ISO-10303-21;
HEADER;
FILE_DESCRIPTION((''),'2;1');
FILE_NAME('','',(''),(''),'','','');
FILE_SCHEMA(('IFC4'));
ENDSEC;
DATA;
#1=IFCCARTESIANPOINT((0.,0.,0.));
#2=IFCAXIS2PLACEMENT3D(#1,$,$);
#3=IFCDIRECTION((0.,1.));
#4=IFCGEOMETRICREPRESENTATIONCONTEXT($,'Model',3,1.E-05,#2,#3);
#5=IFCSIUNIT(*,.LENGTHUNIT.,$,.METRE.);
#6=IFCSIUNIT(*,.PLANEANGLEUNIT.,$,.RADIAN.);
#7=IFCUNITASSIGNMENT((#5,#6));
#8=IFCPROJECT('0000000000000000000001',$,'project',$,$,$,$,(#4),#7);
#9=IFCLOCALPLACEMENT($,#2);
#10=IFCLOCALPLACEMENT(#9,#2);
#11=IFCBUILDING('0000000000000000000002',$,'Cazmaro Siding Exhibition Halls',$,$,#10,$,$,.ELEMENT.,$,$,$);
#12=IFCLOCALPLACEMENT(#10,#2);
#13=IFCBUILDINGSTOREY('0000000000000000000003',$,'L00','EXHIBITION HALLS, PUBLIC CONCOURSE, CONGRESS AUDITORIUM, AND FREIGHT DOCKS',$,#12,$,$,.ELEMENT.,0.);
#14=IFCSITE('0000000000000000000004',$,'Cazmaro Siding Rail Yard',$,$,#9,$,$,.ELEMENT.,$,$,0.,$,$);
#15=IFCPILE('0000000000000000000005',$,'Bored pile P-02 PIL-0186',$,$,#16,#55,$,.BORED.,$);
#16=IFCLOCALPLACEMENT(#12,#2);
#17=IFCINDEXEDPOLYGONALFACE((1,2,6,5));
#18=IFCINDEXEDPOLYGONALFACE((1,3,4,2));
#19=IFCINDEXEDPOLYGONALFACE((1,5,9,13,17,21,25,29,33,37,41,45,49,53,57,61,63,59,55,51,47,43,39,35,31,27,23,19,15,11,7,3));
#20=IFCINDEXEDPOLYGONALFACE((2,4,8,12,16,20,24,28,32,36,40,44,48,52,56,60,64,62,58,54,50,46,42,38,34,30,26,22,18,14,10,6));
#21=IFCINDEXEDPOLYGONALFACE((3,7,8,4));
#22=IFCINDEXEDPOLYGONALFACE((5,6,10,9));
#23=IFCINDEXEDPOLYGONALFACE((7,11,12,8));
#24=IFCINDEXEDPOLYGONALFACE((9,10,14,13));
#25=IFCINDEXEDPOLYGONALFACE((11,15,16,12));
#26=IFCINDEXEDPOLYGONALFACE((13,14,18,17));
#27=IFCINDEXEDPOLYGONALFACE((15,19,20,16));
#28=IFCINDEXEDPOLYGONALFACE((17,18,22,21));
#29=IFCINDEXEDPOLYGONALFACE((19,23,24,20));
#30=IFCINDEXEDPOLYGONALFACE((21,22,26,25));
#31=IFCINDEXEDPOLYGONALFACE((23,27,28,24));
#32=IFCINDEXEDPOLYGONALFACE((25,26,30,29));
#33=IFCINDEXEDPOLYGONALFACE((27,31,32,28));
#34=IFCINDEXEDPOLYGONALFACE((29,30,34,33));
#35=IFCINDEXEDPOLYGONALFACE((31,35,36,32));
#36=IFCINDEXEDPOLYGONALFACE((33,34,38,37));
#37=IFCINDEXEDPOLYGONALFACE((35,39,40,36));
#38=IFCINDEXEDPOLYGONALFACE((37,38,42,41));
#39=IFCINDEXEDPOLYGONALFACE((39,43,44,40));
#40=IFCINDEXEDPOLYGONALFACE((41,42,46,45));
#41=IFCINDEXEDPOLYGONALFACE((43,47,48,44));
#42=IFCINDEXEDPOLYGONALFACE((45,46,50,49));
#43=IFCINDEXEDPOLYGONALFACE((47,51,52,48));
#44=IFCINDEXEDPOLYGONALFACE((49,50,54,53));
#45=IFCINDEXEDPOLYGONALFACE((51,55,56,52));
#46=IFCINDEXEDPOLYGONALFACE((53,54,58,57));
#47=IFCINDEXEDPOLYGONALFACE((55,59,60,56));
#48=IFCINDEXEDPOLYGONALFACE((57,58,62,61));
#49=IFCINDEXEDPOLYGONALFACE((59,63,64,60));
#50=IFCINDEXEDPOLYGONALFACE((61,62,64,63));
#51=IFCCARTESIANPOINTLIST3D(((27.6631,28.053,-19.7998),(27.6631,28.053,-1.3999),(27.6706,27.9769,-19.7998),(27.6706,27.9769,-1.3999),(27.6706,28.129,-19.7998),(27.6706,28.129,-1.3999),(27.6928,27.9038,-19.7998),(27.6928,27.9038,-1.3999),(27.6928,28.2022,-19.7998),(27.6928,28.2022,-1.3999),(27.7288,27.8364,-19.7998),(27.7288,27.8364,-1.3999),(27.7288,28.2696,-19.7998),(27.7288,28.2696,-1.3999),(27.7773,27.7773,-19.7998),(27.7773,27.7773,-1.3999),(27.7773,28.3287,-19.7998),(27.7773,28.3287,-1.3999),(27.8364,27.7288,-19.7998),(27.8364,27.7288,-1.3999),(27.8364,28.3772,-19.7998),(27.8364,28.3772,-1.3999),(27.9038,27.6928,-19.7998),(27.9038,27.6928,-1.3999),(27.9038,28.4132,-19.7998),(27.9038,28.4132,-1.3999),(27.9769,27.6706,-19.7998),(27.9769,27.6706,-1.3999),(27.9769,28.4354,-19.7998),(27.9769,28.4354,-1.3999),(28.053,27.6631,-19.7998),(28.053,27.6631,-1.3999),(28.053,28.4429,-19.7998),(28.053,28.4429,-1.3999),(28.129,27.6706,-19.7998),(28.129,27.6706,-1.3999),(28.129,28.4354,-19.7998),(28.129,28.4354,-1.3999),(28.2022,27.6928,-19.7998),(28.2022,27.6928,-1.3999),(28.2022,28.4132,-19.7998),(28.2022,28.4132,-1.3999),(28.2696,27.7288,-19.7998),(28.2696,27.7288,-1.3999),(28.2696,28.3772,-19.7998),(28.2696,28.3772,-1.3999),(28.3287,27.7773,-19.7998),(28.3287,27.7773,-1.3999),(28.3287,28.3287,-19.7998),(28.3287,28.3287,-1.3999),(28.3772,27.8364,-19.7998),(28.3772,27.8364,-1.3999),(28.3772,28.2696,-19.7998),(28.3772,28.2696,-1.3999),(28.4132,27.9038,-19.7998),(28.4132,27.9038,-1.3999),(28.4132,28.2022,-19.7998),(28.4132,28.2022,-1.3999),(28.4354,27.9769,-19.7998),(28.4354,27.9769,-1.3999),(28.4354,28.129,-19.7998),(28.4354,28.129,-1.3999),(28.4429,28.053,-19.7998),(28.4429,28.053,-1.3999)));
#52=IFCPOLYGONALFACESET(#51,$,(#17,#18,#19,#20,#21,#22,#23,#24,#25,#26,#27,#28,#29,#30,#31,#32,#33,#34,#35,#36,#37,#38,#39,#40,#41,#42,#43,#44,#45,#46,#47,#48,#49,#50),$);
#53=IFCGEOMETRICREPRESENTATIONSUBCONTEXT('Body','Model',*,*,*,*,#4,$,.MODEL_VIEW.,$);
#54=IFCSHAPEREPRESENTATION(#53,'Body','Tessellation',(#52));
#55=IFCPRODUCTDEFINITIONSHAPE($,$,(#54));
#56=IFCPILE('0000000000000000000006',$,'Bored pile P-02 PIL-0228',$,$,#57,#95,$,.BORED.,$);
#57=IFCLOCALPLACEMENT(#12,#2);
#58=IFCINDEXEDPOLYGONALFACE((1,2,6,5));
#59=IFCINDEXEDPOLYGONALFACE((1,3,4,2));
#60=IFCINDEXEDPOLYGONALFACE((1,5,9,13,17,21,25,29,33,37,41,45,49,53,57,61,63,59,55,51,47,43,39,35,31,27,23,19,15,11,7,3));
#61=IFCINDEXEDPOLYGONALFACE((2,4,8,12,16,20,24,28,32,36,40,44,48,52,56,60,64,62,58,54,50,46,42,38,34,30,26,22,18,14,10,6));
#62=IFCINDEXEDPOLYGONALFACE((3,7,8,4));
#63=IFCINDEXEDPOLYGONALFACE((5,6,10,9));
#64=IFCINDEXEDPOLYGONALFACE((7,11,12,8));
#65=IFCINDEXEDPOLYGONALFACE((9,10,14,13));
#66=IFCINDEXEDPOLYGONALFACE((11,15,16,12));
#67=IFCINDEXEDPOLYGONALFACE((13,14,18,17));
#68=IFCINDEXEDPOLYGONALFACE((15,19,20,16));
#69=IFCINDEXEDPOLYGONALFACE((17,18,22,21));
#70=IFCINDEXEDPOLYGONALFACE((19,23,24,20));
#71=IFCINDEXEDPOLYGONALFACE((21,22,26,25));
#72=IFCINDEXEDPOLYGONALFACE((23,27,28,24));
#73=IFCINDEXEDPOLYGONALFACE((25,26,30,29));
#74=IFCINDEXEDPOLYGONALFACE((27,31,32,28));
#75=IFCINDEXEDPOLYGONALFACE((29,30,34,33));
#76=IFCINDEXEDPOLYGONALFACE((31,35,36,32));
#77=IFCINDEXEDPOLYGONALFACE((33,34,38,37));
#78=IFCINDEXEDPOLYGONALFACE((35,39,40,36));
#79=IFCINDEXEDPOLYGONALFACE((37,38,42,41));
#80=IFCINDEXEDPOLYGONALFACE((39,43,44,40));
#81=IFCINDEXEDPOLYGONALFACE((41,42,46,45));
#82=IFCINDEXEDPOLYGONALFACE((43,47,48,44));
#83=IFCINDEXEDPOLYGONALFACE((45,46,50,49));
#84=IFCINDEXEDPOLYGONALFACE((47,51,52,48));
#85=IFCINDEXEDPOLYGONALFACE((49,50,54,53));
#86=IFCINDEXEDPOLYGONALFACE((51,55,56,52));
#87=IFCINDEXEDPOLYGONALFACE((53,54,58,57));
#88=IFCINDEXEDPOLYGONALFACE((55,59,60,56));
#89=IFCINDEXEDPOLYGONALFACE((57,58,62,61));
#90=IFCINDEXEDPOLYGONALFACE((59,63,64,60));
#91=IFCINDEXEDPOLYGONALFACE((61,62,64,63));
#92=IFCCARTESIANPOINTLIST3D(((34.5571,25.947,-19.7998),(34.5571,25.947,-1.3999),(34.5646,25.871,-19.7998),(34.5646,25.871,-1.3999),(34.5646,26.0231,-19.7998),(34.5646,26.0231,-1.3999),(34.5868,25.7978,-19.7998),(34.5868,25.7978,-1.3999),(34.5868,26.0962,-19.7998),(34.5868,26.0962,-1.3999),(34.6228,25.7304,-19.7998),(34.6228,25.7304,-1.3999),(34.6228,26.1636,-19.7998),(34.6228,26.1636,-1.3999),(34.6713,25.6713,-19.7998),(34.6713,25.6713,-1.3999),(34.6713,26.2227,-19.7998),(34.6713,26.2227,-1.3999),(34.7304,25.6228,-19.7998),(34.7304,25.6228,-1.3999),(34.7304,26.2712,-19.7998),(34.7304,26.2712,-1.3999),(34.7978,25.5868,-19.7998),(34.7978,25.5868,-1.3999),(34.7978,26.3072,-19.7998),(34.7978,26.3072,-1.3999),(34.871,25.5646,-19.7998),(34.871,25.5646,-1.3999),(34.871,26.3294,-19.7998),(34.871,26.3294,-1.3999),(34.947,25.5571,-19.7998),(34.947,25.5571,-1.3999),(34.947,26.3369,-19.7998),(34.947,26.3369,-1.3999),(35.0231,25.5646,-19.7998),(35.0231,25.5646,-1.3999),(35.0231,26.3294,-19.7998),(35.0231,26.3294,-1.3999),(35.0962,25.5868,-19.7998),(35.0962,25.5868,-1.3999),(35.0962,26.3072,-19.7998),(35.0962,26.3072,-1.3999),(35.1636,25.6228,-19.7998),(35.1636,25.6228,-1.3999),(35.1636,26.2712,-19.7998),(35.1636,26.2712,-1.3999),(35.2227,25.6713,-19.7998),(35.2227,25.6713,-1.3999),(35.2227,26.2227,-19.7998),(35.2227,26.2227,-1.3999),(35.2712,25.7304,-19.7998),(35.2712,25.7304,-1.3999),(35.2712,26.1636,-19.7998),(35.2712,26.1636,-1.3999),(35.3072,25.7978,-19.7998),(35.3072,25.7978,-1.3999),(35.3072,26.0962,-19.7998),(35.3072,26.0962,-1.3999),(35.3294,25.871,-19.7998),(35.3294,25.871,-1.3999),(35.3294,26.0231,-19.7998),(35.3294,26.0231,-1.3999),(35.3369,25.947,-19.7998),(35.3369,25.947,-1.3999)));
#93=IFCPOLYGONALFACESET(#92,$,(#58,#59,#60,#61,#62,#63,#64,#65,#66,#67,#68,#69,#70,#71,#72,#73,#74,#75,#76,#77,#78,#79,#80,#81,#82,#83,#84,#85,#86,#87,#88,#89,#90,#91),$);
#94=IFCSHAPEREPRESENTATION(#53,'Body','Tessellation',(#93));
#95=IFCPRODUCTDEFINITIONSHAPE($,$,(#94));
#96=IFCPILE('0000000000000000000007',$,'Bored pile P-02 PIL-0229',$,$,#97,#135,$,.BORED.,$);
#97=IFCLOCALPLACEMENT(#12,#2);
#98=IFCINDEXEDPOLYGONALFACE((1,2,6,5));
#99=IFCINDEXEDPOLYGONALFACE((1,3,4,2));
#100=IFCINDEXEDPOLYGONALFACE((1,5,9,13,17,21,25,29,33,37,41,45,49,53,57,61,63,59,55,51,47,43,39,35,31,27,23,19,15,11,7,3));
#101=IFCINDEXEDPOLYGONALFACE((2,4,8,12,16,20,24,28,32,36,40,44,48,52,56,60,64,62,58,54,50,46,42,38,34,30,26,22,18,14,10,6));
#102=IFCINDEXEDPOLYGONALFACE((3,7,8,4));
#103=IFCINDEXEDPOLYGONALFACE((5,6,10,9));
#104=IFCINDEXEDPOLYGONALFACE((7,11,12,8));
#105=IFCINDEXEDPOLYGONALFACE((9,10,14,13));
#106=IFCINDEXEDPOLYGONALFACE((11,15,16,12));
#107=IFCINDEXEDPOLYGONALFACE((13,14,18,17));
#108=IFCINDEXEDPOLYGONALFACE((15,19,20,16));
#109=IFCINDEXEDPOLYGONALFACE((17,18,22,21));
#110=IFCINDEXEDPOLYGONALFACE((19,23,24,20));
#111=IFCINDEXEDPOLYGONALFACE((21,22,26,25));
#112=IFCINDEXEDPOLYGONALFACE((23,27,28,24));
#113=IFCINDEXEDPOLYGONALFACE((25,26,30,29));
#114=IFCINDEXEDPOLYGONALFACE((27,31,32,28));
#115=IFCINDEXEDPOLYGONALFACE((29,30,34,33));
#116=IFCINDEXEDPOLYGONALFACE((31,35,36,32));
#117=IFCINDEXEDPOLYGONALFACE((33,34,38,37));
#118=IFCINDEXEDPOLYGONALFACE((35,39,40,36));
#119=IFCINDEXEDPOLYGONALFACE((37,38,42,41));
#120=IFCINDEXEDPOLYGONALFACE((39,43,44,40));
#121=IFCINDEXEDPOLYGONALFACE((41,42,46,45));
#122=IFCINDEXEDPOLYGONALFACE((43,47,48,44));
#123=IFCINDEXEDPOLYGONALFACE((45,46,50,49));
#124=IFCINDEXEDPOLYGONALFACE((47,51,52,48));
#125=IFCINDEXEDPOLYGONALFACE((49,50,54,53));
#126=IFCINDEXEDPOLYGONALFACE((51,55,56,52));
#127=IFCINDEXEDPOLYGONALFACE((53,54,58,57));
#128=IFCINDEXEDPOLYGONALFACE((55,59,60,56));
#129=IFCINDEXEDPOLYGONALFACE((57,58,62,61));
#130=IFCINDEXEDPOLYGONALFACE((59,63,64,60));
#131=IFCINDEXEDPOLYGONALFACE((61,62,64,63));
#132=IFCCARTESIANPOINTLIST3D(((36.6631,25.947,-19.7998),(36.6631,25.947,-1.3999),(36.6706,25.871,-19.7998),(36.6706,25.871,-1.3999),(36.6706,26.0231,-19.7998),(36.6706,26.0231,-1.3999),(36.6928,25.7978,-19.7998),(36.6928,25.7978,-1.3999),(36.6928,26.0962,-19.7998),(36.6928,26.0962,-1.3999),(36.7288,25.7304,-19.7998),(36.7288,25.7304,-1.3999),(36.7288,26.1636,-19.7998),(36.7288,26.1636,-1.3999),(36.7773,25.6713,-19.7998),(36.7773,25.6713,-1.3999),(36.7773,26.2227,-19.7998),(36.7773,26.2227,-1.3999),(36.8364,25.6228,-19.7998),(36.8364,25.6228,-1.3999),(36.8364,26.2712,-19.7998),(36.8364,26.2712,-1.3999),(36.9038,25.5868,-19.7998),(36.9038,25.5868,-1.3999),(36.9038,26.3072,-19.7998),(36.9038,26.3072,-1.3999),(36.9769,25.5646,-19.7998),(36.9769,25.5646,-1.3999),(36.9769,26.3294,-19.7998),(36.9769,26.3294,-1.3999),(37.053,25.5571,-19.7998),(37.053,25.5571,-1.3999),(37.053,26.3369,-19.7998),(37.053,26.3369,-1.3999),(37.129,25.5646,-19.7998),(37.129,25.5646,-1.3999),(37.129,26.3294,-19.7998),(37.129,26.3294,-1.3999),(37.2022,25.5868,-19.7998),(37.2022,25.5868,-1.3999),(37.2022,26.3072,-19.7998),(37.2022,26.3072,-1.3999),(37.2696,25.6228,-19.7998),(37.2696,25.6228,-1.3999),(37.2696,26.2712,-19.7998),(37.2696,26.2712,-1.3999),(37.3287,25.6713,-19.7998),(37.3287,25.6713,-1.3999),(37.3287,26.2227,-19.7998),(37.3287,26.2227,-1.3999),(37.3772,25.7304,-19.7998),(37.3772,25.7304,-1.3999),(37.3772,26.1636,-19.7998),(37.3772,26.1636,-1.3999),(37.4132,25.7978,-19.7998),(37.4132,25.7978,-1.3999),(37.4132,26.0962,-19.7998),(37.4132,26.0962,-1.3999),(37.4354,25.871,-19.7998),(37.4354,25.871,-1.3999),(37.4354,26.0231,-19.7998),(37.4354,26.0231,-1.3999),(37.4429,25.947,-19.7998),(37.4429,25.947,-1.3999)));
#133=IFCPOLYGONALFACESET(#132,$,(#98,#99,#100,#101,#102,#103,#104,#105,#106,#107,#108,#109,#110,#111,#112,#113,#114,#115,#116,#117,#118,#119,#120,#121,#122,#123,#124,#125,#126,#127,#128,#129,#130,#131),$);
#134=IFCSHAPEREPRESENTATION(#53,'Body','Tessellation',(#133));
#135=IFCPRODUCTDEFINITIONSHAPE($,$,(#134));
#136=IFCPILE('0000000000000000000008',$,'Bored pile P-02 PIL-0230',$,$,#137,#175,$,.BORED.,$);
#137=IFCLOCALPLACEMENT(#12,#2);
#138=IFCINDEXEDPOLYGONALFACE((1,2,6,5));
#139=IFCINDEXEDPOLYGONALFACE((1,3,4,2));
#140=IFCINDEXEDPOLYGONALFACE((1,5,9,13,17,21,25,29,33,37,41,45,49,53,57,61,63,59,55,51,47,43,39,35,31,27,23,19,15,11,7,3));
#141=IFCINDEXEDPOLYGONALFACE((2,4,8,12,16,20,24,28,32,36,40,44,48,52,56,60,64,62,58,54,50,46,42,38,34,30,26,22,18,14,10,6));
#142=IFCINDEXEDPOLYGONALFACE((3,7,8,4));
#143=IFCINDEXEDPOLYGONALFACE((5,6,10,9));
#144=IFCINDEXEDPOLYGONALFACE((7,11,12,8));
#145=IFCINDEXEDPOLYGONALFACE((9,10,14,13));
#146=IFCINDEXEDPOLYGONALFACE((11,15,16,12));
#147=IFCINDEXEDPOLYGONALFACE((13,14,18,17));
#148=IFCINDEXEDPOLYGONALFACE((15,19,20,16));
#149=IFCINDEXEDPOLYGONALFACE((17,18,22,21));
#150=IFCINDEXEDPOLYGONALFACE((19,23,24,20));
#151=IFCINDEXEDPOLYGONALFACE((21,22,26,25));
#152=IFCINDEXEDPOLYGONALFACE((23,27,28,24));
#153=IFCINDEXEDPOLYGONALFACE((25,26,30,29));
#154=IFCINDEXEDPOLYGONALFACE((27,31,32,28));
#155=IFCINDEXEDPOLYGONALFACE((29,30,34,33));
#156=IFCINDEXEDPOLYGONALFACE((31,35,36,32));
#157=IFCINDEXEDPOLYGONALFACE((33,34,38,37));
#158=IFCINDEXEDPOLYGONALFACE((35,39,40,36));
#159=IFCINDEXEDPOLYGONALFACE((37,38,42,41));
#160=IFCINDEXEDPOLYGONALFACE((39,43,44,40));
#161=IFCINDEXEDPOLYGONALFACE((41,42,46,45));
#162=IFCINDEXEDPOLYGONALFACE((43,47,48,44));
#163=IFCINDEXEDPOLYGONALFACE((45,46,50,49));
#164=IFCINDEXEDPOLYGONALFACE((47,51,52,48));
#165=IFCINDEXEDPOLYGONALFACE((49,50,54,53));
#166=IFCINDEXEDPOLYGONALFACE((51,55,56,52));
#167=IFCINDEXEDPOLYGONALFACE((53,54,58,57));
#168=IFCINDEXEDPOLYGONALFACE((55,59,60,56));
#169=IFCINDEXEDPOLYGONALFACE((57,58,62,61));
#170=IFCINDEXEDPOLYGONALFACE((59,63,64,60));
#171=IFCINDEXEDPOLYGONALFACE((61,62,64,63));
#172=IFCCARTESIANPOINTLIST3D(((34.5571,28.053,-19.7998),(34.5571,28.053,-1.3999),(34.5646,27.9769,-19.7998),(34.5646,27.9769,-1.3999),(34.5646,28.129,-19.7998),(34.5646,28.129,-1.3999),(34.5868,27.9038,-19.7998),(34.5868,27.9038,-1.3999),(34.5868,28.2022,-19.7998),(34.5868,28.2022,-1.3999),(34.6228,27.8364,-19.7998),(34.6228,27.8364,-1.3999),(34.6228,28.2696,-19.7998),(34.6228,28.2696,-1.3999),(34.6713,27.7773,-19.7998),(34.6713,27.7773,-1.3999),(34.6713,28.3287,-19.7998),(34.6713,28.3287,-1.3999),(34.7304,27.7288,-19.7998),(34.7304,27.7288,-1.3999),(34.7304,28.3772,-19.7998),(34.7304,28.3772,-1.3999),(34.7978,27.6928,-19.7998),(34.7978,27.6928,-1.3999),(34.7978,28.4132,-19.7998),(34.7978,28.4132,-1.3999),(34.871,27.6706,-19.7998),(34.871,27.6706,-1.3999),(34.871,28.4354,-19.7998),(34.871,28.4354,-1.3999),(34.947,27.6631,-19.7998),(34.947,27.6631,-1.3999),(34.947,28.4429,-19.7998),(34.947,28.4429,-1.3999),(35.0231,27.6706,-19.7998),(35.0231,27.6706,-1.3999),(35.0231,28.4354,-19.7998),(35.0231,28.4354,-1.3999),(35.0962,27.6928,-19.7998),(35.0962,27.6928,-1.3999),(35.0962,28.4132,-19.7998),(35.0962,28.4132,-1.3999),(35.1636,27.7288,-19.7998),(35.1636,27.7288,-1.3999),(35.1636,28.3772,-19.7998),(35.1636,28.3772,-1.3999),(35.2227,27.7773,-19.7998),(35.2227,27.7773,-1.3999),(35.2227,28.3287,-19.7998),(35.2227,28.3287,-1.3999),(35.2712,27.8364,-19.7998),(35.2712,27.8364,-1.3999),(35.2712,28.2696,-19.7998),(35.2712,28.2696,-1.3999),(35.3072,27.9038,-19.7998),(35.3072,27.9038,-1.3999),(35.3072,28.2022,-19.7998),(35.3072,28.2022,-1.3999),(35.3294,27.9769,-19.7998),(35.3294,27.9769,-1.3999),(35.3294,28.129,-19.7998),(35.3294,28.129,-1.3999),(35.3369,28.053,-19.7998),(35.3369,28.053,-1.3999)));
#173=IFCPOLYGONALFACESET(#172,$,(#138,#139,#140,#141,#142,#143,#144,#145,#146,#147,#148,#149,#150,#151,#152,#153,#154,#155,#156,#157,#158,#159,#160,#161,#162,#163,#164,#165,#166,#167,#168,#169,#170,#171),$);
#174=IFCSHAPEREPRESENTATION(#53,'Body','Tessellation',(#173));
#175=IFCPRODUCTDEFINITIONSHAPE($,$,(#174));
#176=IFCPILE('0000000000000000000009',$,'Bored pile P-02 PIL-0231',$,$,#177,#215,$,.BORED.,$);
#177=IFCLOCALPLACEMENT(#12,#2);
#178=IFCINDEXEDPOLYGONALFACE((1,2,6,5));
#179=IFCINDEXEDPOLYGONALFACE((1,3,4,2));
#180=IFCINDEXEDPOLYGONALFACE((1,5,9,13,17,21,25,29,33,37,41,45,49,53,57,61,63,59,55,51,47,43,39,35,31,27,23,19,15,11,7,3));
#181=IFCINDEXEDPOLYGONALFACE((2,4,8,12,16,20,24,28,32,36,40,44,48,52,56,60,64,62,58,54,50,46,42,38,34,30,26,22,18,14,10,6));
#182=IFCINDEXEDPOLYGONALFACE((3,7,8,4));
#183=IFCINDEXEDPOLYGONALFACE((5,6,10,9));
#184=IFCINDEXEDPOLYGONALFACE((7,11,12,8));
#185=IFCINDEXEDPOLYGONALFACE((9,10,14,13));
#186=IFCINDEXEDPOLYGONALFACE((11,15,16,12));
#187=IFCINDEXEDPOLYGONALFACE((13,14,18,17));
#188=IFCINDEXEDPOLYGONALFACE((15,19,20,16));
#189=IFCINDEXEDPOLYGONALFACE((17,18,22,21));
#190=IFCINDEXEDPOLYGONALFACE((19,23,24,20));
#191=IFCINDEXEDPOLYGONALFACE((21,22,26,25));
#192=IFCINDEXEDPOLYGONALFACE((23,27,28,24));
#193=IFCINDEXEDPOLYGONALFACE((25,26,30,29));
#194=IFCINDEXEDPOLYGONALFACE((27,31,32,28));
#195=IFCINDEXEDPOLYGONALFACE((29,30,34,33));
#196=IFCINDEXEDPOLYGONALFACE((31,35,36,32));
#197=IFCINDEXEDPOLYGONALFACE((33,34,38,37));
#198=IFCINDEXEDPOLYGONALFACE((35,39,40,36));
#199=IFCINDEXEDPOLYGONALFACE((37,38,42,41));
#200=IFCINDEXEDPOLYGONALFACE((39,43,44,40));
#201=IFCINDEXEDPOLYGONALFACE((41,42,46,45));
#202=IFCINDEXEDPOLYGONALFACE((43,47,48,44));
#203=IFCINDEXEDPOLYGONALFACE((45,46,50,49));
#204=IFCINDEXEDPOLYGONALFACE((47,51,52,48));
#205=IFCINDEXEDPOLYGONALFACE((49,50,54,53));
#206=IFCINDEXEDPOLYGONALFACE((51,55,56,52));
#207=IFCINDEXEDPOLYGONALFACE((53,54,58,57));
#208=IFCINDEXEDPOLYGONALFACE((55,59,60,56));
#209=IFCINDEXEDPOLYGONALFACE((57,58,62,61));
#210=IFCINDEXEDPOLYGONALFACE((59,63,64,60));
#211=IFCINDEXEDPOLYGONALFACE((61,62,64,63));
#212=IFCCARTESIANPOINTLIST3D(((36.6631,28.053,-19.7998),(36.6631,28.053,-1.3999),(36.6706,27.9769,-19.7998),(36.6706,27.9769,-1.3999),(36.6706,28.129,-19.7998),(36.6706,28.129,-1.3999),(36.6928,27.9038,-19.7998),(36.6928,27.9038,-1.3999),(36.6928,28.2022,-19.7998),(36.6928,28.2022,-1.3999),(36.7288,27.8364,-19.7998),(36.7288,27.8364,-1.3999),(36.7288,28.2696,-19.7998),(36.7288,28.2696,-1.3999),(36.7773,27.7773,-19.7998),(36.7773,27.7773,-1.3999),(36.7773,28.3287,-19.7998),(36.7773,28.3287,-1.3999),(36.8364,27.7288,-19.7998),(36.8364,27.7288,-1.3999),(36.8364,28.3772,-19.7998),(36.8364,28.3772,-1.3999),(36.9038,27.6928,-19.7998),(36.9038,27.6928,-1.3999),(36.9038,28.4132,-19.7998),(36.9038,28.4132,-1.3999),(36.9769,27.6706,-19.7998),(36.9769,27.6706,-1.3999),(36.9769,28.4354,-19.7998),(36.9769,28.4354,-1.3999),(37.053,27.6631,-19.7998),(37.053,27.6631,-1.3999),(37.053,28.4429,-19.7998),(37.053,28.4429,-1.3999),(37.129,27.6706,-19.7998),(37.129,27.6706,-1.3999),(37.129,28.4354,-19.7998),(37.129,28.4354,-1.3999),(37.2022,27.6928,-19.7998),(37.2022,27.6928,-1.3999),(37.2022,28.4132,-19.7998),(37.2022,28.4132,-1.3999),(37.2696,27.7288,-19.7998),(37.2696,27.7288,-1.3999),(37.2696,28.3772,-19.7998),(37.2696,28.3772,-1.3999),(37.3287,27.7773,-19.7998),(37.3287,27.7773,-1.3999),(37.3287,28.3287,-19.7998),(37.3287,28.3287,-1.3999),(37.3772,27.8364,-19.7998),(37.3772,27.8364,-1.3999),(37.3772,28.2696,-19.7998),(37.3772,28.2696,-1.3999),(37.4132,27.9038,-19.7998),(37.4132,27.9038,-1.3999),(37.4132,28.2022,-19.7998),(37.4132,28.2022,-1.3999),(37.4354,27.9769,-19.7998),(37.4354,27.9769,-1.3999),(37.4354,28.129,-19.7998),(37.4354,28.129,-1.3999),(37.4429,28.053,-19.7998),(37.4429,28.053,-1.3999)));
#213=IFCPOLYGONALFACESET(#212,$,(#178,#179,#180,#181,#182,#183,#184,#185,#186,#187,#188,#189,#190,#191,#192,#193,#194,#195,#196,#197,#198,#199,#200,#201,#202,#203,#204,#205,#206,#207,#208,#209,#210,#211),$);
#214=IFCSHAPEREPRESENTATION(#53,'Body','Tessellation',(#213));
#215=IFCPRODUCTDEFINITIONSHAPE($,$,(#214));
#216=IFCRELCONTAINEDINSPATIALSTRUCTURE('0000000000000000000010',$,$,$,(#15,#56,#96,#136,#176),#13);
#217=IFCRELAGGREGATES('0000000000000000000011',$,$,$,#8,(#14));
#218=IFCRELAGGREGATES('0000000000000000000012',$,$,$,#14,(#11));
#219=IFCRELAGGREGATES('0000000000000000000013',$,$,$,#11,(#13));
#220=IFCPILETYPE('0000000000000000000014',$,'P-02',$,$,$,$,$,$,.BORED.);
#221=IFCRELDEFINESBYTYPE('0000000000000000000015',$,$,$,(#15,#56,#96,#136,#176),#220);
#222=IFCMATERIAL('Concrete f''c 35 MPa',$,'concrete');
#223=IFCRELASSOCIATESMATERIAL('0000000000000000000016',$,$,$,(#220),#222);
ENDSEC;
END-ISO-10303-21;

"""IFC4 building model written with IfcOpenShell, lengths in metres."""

from ifc_helpers import new_model, si_unit, direction, frame, origin, origin_2d, place, context, subcontext, project, spatial, circle, extrude, material, material_profile, profile_set, type_object, element, save


model = new_model("IFC4")

# Units and contexts
model_context = context("Model", 3, precision=1e-05, world=origin(), true_north=direction((0.0, 1.0)))
body_context = subcontext(model_context, "Body", "Model", "MODEL_VIEW")
ifc_project = project(units=[si_unit("LENGTHUNIT", "METRE"), si_unit("PLANEANGLEUNIT", "RADIAN")], contexts=[model_context])

# Site, building, storey
site_placement = place(None, origin())
site = spatial("IfcSite", under=ifc_project, at=site_placement, Name="Cazmaro Siding Rail Yard", CompositionType="ELEMENT", RefElevation=0.0)
building_placement = place(site_placement, origin())
building = spatial("IfcBuilding", under=site, at=building_placement, Name="Cazmaro Siding Exhibition Halls", CompositionType="ELEMENT")
storey_placement = place(building_placement, origin())
storey = spatial("IfcBuildingStorey", under=building, at=storey_placement, Name="L00", Description="EXHIBITION HALLS, PUBLIC CONCOURSE, CONGRESS AUDITORIUM, AND FREIGHT DOCKS", CompositionType="ELEMENT", Elevation=0.0)

# Piles
ifc_material_1 = material(Name="Concrete f'c 35 MPa", Category="concrete")
ifc_material_profile_1 = material_profile(ifc_material_1, circle(Radius=0.3899, at=origin_2d()), Name="CIDH-780")
ifc_profile_set_1 = profile_set([ifc_material_profile_1], Name="Concrete f'c 35 MPa")
pile_type = type_object("IfcPileType", Name="P-02", PredefinedType="BORED", material=ifc_profile_set_1)
for number, where, z_axis, x_axis, name in (
    (1, (28.053, 28.053, -1.3999), (0.0, 0.0, -1.0), (1.0, 0.0, 0.0), "Bored pile P-02 PIL-0186"),
    (2, (34.947, 25.947, -1.3999), (0.0, 0.0, -1.0), (1.0, 0.0, 0.0), "Bored pile P-02 PIL-0228"),
    (3, (37.053, 25.947, -1.3999), (0.0, 0.0, -1.0), (1.0, 0.0, 0.0), "Bored pile P-02 PIL-0229"),
    (4, (34.947, 28.053, -1.3999), (0.0, 0.0, -1.0), (1.0, 0.0, 0.0), "Bored pile P-02 PIL-0230"),
    (5, (37.053, 28.053, -1.3999), (0.0, 0.0, -1.0), (1.0, 0.0, 0.0), "Bored pile P-02 PIL-0231"),
):
    element("IfcPile", number, at=place(storey_placement, frame(where, z_axis=z_axis, x_axis=x_axis)), inside=storey, type_object=pile_type, Name=name, PredefinedType="BORED", context=body_context, shape_type="SweptSolid", body=[
        extrude(circle(Radius=0.3899, at=origin_2d()), origin(), (0.0, 0.0, 1.0), 18.3999),
    ])

save(model, "model.ifc")
